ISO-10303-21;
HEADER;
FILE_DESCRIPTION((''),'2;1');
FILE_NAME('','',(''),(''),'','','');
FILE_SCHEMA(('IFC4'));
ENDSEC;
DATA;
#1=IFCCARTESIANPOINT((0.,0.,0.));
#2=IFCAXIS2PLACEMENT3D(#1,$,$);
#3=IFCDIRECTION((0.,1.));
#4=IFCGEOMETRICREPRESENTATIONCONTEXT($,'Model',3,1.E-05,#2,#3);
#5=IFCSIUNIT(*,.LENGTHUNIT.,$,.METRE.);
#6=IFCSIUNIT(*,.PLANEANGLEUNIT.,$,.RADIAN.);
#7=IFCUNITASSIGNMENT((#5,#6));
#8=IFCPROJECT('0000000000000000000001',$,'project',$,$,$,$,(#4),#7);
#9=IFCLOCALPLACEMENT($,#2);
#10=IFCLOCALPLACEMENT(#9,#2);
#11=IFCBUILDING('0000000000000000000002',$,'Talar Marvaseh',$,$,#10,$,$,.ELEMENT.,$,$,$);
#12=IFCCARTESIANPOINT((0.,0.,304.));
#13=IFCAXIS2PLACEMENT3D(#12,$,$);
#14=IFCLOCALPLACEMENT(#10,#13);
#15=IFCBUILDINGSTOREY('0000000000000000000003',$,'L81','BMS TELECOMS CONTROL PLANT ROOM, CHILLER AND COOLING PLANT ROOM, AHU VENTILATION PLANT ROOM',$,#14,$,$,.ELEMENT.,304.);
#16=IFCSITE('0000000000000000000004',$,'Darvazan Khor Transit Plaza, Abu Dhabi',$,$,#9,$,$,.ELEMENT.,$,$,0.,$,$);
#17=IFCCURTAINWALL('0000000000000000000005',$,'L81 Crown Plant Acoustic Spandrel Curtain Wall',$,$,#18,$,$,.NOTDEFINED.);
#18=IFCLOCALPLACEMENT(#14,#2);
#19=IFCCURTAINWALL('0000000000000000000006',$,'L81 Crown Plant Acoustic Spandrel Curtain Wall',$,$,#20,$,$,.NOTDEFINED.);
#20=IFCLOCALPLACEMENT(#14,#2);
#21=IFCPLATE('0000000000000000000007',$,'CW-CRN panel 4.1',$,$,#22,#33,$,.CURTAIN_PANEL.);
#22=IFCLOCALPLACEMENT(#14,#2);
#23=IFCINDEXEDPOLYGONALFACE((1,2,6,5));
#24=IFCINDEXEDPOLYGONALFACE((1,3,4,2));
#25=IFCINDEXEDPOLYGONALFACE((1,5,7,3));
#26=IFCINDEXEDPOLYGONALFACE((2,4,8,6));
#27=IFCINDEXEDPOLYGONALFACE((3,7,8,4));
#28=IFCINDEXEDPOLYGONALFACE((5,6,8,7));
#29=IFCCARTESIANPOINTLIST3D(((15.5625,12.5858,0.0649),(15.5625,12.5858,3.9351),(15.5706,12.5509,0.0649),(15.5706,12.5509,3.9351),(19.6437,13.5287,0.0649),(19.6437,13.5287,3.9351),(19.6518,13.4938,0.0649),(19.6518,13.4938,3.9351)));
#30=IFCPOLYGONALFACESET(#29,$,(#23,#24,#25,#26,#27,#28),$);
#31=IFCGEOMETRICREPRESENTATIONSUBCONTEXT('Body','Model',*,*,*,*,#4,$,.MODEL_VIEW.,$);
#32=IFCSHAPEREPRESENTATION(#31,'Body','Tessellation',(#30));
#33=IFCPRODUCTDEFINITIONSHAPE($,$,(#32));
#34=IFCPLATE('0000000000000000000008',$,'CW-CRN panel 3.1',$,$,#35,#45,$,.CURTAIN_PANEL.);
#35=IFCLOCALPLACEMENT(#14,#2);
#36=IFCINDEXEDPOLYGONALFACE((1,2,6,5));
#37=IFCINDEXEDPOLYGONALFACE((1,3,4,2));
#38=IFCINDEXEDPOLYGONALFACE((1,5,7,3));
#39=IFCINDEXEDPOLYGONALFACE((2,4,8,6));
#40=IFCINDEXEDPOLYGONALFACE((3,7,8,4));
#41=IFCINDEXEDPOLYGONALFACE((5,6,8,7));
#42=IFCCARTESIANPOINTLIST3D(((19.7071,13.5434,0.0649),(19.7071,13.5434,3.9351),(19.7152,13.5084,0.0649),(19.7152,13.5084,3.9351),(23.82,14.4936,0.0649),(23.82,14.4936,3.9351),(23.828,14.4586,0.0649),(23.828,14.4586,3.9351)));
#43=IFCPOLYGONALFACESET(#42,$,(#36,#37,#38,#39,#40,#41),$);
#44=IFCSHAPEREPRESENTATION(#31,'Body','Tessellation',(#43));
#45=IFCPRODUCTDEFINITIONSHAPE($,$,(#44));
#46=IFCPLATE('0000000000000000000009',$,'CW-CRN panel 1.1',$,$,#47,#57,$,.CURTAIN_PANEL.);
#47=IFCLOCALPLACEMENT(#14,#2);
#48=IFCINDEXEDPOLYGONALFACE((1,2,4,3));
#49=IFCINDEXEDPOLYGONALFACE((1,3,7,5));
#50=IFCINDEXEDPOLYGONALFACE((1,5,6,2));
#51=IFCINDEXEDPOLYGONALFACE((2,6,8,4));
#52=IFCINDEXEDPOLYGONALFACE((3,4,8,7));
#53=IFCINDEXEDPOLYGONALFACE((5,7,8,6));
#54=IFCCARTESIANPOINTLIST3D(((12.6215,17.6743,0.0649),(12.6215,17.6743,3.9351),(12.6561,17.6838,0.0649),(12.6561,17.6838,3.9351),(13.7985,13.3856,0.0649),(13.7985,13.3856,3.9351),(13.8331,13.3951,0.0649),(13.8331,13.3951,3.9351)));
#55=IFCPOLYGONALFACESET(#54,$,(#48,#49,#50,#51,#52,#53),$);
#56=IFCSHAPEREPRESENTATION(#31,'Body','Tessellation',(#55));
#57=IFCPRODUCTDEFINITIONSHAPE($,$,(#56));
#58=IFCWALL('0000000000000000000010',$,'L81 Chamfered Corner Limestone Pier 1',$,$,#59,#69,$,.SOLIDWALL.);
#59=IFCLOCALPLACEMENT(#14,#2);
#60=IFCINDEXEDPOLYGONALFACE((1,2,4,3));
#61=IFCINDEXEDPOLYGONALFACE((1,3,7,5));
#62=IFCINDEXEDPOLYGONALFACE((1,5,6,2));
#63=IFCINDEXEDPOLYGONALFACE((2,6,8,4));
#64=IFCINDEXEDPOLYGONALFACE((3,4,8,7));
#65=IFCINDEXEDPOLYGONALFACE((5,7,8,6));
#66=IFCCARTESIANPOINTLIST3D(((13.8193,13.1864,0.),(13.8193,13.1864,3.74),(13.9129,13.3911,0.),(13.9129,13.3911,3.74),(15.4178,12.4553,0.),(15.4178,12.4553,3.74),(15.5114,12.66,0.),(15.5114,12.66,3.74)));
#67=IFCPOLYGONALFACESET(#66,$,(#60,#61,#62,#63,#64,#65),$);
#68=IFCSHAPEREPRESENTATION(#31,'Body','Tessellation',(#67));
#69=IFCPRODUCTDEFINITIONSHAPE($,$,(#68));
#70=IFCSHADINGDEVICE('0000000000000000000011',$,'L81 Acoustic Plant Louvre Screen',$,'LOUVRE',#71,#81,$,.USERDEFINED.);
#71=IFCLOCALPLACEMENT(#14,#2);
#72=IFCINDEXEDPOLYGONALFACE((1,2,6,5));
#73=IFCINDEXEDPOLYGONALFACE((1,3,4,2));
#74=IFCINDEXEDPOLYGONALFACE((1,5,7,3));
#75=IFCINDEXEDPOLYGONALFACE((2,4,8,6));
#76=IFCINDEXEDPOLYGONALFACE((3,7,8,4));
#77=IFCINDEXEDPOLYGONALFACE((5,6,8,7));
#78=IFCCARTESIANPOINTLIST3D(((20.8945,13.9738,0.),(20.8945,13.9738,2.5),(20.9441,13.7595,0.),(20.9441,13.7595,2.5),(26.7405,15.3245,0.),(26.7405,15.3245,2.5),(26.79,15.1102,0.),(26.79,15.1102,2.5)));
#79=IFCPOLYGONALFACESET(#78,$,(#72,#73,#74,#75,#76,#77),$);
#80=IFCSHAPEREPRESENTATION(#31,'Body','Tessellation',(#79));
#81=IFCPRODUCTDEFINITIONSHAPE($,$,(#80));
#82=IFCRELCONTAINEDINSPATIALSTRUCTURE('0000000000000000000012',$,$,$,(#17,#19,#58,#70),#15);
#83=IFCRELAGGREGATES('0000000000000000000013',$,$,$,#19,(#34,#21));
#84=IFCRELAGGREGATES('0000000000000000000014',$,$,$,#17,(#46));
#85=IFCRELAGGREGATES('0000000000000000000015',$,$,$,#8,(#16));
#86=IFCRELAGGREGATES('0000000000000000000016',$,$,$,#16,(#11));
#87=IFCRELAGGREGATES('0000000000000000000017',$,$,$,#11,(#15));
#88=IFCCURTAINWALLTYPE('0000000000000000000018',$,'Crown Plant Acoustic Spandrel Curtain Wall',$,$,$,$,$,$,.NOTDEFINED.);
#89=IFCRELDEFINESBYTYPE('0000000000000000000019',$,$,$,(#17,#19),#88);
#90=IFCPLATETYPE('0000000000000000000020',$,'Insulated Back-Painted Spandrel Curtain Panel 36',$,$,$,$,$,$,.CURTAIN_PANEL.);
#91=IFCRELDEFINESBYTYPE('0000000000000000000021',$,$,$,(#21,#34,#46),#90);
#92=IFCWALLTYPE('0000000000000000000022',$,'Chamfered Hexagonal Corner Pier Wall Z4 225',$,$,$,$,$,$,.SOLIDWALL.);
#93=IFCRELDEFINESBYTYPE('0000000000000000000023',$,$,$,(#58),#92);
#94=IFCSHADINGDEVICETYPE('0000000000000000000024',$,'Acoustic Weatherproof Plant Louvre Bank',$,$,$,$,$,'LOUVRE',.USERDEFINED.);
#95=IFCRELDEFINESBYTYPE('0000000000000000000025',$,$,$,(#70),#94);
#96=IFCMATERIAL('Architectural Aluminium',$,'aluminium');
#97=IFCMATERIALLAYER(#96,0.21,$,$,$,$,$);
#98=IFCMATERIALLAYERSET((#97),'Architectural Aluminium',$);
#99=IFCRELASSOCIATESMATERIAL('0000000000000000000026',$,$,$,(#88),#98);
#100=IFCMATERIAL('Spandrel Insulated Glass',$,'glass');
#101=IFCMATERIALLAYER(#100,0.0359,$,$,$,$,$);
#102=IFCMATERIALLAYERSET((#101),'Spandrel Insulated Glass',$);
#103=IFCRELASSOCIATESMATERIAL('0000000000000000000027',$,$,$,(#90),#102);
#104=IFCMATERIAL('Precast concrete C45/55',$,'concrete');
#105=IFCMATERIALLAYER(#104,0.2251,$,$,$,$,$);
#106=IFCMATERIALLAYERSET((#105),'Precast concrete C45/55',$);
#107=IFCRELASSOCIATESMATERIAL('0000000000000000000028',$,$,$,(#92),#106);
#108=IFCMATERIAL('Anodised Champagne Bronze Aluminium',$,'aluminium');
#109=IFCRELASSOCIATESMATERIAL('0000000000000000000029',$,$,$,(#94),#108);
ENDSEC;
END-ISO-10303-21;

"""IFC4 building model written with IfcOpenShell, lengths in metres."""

from ifc_helpers import new_model, si_unit, direction, frame, frame_2d, origin, origin_2d, place, context, subcontext, project, spatial, rectangle, extrude, source, transform, mapped, material, layer, layer_set, type_object, type_shapes, element, aggregate, save


model = new_model("IFC4")

# Units and contexts
model_context = context("Model", 3, precision=1e-05, world=origin(), true_north=direction((0.0, 1.0)))
body_context = subcontext(model_context, "Body", "Model", "MODEL_VIEW")
ifc_project = project(units=[si_unit("LENGTHUNIT", "METRE"), si_unit("PLANEANGLEUNIT", "RADIAN")], contexts=[model_context])

# Site, building, storey
site_placement = place(None, origin())
site = spatial("IfcSite", under=ifc_project, at=site_placement, Name="Darvazan Khor Transit Plaza, Abu Dhabi", CompositionType="ELEMENT", RefElevation=0.0)
building_placement = place(site_placement, origin())
building = spatial("IfcBuilding", under=site, at=building_placement, Name="Talar Marvaseh", CompositionType="ELEMENT")
storey_placement = place(building_placement, frame((0.0, 0.0, 304.0)))
storey = spatial("IfcBuildingStorey", under=building, at=storey_placement, Name="L81", Description="BMS TELECOMS CONTROL PLANT ROOM, CHILLER AND COOLING PLANT ROOM, AHU VENTILATION PLANT ROOM", CompositionType="ELEMENT", Elevation=304.0)

# Curtain walls
ifc_material_1 = material(Name="Architectural Aluminium", Category="aluminium")
ifc_layer_1 = layer(ifc_material_1, 0.21)
ifc_layer_set_1 = layer_set([ifc_layer_1], Name="Architectural Aluminium")
curtain_wall_type = type_object("IfcCurtainWallType", Name="Crown Plant Acoustic Spandrel Curtain Wall", PredefinedType="NOTDEFINED", material=ifc_layer_set_1)
curtain_wall_1_placement = place(storey_placement, origin())
curtain_wall_1 = element("IfcCurtainWall", 1, at=curtain_wall_1_placement, inside=storey, type_object=curtain_wall_type, Name="L81 Crown Plant Acoustic Spandrel Curtain Wall", PredefinedType="NOTDEFINED")
curtain_wall_2_placement = place(storey_placement, origin())
curtain_wall_2 = element("IfcCurtainWall", 2, at=curtain_wall_2_placement, inside=storey, type_object=curtain_wall_type, Name="L81 Crown Plant Acoustic Spandrel Curtain Wall", PredefinedType="NOTDEFINED")

# Plates
ifc_material_2 = material(Name="Spandrel Insulated Glass", Category="glass")
ifc_layer_2 = layer(ifc_material_2, 0.0359)
ifc_layer_set_2 = layer_set([ifc_layer_2], Name="Spandrel Insulated Glass")
plate_type_1 = type_object("IfcPlateType", Name="Insulated Back-Painted Spandrel Curtain Panel 36", PredefinedType="CURTAIN_PANEL", material=ifc_layer_set_2)
shared_shape_1 = source(origin(), body_context, "Body", "SweptSolid", [
    extrude(rectangle(XDim=4.1887, YDim=0.0359, at=origin_2d()), origin(), (0.0, 0.0, 1.0), 3.8701),
])
plate_1_placement = place(storey_placement, frame((17.6072, 13.0398, 0.0649), z_axis=(0.0, 0.0, 1.0), x_axis=(-0.974335, -0.225103, 0.0)))
plate_1 = element("IfcPlate", 3, at=plate_1_placement, type_object=plate_type_1, Name="CW-CRN panel 4.1", PredefinedType="CURTAIN_PANEL", context=body_context, shape_type="MappedRepresentation", body=[
    mapped(shared_shape_1, transform((0.0, 0.0, 0.0), x_axis=(1.0, 0.0, 0.0), y_axis=(0.0, 1.0, 0.0), z_axis=(0.0, 0.0, 1.0), scale=1.0)),
])
shared_shape_2 = source(origin(), body_context, "Body", "SweptSolid", [
    extrude(rectangle(XDim=4.2212, YDim=0.0359, at=origin_2d()), origin(), (0.0, 0.0, 1.0), 3.8701),
])
plate_2_placement = place(storey_placement, frame((21.7676, 14.001, 0.0649), z_axis=(0.0, 0.0, 1.0), x_axis=(-0.974335, -0.225103, 0.0)))
plate_2 = element("IfcPlate", 4, at=plate_2_placement, type_object=plate_type_1, Name="CW-CRN panel 3.1", PredefinedType="CURTAIN_PANEL", context=body_context, shape_type="MappedRepresentation", body=[
    mapped(shared_shape_2, transform((0.0, 0.0, 0.0), x_axis=(1.0, 0.0, 0.0), y_axis=(0.0, 1.0, 0.0), z_axis=(0.0, 0.0, 1.0), scale=1.0)),
])
aggregate(curtain_wall_2, [plate_2, plate_1])
shared_shape_3 = source(origin(), body_context, "Body", "SweptSolid", [
    extrude(rectangle(XDim=4.4473, YDim=0.0359, at=origin_2d()), origin(), (0.0, 0.0, 1.0), 3.8701),
])
type_shapes(plate_type_1, [shared_shape_1, shared_shape_2, shared_shape_3])
plate_3_placement = place(storey_placement, frame((13.2273, 15.5347, 0.0649), z_axis=(0.0, 0.0, 1.0), x_axis=(-0.264649, 0.964345, 0.0)))
plate_3 = element("IfcPlate", 5, at=plate_3_placement, type_object=plate_type_1, Name="CW-CRN panel 1.1", PredefinedType="CURTAIN_PANEL", context=body_context, shape_type="MappedRepresentation", body=[
    mapped(shared_shape_3, transform((0.0, 0.0, 0.0), x_axis=(1.0, 0.0, 0.0), y_axis=(0.0, 1.0, 0.0), z_axis=(0.0, 0.0, 1.0), scale=1.0)),
])
aggregate(curtain_wall_1, [plate_3])

# Wall
ifc_material_3 = material(Name="Precast concrete C45/55", Category="concrete")
ifc_layer_3 = layer(ifc_material_3, 0.2251)
ifc_layer_set_3 = layer_set([ifc_layer_3], Name="Precast concrete C45/55")
wall_type = type_object("IfcWallType", Name="Chamfered Hexagonal Corner Pier Wall Z4 225", PredefinedType="SOLIDWALL", material=ifc_layer_set_3)
wall_placement = place(storey_placement, frame((15.4646, 12.5576, 0.0), z_axis=(0.0, 0.0, 1.0), x_axis=(-0.909389, 0.415947, 0.0)))
element("IfcWall", 6, at=wall_placement, inside=storey, type_object=wall_type, Name="L81 Chamfered Corner Limestone Pier 1", PredefinedType="SOLIDWALL", context=body_context, shape_type="SweptSolid", body=[
    extrude(rectangle(XDim=1.7578, YDim=0.2251, at=frame_2d((0.8789, 0.0))), origin(), (0.0, 0.0, 1.0), 3.74),
])

# Shading device
ifc_material_4 = material(Name="Anodised Champagne Bronze Aluminium", Category="aluminium")
shading_device_type = type_object("IfcShadingDeviceType", Name="Acoustic Weatherproof Plant Louvre Bank", ElementType="LOUVRE", PredefinedType="USERDEFINED", material=ifc_material_4)
shared_shape_4 = source(origin(), body_context, "Body", "SweptSolid", [
    extrude(rectangle(XDim=6.0, YDim=0.22, at=origin_2d()), origin(), (0.0, 0.0, 1.0), 2.5),
])
type_shapes(shading_device_type, [shared_shape_4])
shading_device_placement = place(storey_placement, frame((23.8423, 14.542, 0.0), z_axis=(0.0, 0.0, 1.0), x_axis=(-0.974331, -0.225121, 0.0)))
element("IfcShadingDevice", 7, at=shading_device_placement, inside=storey, type_object=shading_device_type, Name="L81 Acoustic Plant Louvre Screen", ObjectType="LOUVRE", PredefinedType="USERDEFINED", context=body_context, shape_type="MappedRepresentation", body=[
    mapped(shared_shape_4, transform((0.0, 0.0, 0.0), x_axis=(1.0, 0.0, 0.0), y_axis=(0.0, 1.0, 0.0), z_axis=(0.0, 0.0, 1.0), scale=1.0)),
])

save(model, "model.ifc")
